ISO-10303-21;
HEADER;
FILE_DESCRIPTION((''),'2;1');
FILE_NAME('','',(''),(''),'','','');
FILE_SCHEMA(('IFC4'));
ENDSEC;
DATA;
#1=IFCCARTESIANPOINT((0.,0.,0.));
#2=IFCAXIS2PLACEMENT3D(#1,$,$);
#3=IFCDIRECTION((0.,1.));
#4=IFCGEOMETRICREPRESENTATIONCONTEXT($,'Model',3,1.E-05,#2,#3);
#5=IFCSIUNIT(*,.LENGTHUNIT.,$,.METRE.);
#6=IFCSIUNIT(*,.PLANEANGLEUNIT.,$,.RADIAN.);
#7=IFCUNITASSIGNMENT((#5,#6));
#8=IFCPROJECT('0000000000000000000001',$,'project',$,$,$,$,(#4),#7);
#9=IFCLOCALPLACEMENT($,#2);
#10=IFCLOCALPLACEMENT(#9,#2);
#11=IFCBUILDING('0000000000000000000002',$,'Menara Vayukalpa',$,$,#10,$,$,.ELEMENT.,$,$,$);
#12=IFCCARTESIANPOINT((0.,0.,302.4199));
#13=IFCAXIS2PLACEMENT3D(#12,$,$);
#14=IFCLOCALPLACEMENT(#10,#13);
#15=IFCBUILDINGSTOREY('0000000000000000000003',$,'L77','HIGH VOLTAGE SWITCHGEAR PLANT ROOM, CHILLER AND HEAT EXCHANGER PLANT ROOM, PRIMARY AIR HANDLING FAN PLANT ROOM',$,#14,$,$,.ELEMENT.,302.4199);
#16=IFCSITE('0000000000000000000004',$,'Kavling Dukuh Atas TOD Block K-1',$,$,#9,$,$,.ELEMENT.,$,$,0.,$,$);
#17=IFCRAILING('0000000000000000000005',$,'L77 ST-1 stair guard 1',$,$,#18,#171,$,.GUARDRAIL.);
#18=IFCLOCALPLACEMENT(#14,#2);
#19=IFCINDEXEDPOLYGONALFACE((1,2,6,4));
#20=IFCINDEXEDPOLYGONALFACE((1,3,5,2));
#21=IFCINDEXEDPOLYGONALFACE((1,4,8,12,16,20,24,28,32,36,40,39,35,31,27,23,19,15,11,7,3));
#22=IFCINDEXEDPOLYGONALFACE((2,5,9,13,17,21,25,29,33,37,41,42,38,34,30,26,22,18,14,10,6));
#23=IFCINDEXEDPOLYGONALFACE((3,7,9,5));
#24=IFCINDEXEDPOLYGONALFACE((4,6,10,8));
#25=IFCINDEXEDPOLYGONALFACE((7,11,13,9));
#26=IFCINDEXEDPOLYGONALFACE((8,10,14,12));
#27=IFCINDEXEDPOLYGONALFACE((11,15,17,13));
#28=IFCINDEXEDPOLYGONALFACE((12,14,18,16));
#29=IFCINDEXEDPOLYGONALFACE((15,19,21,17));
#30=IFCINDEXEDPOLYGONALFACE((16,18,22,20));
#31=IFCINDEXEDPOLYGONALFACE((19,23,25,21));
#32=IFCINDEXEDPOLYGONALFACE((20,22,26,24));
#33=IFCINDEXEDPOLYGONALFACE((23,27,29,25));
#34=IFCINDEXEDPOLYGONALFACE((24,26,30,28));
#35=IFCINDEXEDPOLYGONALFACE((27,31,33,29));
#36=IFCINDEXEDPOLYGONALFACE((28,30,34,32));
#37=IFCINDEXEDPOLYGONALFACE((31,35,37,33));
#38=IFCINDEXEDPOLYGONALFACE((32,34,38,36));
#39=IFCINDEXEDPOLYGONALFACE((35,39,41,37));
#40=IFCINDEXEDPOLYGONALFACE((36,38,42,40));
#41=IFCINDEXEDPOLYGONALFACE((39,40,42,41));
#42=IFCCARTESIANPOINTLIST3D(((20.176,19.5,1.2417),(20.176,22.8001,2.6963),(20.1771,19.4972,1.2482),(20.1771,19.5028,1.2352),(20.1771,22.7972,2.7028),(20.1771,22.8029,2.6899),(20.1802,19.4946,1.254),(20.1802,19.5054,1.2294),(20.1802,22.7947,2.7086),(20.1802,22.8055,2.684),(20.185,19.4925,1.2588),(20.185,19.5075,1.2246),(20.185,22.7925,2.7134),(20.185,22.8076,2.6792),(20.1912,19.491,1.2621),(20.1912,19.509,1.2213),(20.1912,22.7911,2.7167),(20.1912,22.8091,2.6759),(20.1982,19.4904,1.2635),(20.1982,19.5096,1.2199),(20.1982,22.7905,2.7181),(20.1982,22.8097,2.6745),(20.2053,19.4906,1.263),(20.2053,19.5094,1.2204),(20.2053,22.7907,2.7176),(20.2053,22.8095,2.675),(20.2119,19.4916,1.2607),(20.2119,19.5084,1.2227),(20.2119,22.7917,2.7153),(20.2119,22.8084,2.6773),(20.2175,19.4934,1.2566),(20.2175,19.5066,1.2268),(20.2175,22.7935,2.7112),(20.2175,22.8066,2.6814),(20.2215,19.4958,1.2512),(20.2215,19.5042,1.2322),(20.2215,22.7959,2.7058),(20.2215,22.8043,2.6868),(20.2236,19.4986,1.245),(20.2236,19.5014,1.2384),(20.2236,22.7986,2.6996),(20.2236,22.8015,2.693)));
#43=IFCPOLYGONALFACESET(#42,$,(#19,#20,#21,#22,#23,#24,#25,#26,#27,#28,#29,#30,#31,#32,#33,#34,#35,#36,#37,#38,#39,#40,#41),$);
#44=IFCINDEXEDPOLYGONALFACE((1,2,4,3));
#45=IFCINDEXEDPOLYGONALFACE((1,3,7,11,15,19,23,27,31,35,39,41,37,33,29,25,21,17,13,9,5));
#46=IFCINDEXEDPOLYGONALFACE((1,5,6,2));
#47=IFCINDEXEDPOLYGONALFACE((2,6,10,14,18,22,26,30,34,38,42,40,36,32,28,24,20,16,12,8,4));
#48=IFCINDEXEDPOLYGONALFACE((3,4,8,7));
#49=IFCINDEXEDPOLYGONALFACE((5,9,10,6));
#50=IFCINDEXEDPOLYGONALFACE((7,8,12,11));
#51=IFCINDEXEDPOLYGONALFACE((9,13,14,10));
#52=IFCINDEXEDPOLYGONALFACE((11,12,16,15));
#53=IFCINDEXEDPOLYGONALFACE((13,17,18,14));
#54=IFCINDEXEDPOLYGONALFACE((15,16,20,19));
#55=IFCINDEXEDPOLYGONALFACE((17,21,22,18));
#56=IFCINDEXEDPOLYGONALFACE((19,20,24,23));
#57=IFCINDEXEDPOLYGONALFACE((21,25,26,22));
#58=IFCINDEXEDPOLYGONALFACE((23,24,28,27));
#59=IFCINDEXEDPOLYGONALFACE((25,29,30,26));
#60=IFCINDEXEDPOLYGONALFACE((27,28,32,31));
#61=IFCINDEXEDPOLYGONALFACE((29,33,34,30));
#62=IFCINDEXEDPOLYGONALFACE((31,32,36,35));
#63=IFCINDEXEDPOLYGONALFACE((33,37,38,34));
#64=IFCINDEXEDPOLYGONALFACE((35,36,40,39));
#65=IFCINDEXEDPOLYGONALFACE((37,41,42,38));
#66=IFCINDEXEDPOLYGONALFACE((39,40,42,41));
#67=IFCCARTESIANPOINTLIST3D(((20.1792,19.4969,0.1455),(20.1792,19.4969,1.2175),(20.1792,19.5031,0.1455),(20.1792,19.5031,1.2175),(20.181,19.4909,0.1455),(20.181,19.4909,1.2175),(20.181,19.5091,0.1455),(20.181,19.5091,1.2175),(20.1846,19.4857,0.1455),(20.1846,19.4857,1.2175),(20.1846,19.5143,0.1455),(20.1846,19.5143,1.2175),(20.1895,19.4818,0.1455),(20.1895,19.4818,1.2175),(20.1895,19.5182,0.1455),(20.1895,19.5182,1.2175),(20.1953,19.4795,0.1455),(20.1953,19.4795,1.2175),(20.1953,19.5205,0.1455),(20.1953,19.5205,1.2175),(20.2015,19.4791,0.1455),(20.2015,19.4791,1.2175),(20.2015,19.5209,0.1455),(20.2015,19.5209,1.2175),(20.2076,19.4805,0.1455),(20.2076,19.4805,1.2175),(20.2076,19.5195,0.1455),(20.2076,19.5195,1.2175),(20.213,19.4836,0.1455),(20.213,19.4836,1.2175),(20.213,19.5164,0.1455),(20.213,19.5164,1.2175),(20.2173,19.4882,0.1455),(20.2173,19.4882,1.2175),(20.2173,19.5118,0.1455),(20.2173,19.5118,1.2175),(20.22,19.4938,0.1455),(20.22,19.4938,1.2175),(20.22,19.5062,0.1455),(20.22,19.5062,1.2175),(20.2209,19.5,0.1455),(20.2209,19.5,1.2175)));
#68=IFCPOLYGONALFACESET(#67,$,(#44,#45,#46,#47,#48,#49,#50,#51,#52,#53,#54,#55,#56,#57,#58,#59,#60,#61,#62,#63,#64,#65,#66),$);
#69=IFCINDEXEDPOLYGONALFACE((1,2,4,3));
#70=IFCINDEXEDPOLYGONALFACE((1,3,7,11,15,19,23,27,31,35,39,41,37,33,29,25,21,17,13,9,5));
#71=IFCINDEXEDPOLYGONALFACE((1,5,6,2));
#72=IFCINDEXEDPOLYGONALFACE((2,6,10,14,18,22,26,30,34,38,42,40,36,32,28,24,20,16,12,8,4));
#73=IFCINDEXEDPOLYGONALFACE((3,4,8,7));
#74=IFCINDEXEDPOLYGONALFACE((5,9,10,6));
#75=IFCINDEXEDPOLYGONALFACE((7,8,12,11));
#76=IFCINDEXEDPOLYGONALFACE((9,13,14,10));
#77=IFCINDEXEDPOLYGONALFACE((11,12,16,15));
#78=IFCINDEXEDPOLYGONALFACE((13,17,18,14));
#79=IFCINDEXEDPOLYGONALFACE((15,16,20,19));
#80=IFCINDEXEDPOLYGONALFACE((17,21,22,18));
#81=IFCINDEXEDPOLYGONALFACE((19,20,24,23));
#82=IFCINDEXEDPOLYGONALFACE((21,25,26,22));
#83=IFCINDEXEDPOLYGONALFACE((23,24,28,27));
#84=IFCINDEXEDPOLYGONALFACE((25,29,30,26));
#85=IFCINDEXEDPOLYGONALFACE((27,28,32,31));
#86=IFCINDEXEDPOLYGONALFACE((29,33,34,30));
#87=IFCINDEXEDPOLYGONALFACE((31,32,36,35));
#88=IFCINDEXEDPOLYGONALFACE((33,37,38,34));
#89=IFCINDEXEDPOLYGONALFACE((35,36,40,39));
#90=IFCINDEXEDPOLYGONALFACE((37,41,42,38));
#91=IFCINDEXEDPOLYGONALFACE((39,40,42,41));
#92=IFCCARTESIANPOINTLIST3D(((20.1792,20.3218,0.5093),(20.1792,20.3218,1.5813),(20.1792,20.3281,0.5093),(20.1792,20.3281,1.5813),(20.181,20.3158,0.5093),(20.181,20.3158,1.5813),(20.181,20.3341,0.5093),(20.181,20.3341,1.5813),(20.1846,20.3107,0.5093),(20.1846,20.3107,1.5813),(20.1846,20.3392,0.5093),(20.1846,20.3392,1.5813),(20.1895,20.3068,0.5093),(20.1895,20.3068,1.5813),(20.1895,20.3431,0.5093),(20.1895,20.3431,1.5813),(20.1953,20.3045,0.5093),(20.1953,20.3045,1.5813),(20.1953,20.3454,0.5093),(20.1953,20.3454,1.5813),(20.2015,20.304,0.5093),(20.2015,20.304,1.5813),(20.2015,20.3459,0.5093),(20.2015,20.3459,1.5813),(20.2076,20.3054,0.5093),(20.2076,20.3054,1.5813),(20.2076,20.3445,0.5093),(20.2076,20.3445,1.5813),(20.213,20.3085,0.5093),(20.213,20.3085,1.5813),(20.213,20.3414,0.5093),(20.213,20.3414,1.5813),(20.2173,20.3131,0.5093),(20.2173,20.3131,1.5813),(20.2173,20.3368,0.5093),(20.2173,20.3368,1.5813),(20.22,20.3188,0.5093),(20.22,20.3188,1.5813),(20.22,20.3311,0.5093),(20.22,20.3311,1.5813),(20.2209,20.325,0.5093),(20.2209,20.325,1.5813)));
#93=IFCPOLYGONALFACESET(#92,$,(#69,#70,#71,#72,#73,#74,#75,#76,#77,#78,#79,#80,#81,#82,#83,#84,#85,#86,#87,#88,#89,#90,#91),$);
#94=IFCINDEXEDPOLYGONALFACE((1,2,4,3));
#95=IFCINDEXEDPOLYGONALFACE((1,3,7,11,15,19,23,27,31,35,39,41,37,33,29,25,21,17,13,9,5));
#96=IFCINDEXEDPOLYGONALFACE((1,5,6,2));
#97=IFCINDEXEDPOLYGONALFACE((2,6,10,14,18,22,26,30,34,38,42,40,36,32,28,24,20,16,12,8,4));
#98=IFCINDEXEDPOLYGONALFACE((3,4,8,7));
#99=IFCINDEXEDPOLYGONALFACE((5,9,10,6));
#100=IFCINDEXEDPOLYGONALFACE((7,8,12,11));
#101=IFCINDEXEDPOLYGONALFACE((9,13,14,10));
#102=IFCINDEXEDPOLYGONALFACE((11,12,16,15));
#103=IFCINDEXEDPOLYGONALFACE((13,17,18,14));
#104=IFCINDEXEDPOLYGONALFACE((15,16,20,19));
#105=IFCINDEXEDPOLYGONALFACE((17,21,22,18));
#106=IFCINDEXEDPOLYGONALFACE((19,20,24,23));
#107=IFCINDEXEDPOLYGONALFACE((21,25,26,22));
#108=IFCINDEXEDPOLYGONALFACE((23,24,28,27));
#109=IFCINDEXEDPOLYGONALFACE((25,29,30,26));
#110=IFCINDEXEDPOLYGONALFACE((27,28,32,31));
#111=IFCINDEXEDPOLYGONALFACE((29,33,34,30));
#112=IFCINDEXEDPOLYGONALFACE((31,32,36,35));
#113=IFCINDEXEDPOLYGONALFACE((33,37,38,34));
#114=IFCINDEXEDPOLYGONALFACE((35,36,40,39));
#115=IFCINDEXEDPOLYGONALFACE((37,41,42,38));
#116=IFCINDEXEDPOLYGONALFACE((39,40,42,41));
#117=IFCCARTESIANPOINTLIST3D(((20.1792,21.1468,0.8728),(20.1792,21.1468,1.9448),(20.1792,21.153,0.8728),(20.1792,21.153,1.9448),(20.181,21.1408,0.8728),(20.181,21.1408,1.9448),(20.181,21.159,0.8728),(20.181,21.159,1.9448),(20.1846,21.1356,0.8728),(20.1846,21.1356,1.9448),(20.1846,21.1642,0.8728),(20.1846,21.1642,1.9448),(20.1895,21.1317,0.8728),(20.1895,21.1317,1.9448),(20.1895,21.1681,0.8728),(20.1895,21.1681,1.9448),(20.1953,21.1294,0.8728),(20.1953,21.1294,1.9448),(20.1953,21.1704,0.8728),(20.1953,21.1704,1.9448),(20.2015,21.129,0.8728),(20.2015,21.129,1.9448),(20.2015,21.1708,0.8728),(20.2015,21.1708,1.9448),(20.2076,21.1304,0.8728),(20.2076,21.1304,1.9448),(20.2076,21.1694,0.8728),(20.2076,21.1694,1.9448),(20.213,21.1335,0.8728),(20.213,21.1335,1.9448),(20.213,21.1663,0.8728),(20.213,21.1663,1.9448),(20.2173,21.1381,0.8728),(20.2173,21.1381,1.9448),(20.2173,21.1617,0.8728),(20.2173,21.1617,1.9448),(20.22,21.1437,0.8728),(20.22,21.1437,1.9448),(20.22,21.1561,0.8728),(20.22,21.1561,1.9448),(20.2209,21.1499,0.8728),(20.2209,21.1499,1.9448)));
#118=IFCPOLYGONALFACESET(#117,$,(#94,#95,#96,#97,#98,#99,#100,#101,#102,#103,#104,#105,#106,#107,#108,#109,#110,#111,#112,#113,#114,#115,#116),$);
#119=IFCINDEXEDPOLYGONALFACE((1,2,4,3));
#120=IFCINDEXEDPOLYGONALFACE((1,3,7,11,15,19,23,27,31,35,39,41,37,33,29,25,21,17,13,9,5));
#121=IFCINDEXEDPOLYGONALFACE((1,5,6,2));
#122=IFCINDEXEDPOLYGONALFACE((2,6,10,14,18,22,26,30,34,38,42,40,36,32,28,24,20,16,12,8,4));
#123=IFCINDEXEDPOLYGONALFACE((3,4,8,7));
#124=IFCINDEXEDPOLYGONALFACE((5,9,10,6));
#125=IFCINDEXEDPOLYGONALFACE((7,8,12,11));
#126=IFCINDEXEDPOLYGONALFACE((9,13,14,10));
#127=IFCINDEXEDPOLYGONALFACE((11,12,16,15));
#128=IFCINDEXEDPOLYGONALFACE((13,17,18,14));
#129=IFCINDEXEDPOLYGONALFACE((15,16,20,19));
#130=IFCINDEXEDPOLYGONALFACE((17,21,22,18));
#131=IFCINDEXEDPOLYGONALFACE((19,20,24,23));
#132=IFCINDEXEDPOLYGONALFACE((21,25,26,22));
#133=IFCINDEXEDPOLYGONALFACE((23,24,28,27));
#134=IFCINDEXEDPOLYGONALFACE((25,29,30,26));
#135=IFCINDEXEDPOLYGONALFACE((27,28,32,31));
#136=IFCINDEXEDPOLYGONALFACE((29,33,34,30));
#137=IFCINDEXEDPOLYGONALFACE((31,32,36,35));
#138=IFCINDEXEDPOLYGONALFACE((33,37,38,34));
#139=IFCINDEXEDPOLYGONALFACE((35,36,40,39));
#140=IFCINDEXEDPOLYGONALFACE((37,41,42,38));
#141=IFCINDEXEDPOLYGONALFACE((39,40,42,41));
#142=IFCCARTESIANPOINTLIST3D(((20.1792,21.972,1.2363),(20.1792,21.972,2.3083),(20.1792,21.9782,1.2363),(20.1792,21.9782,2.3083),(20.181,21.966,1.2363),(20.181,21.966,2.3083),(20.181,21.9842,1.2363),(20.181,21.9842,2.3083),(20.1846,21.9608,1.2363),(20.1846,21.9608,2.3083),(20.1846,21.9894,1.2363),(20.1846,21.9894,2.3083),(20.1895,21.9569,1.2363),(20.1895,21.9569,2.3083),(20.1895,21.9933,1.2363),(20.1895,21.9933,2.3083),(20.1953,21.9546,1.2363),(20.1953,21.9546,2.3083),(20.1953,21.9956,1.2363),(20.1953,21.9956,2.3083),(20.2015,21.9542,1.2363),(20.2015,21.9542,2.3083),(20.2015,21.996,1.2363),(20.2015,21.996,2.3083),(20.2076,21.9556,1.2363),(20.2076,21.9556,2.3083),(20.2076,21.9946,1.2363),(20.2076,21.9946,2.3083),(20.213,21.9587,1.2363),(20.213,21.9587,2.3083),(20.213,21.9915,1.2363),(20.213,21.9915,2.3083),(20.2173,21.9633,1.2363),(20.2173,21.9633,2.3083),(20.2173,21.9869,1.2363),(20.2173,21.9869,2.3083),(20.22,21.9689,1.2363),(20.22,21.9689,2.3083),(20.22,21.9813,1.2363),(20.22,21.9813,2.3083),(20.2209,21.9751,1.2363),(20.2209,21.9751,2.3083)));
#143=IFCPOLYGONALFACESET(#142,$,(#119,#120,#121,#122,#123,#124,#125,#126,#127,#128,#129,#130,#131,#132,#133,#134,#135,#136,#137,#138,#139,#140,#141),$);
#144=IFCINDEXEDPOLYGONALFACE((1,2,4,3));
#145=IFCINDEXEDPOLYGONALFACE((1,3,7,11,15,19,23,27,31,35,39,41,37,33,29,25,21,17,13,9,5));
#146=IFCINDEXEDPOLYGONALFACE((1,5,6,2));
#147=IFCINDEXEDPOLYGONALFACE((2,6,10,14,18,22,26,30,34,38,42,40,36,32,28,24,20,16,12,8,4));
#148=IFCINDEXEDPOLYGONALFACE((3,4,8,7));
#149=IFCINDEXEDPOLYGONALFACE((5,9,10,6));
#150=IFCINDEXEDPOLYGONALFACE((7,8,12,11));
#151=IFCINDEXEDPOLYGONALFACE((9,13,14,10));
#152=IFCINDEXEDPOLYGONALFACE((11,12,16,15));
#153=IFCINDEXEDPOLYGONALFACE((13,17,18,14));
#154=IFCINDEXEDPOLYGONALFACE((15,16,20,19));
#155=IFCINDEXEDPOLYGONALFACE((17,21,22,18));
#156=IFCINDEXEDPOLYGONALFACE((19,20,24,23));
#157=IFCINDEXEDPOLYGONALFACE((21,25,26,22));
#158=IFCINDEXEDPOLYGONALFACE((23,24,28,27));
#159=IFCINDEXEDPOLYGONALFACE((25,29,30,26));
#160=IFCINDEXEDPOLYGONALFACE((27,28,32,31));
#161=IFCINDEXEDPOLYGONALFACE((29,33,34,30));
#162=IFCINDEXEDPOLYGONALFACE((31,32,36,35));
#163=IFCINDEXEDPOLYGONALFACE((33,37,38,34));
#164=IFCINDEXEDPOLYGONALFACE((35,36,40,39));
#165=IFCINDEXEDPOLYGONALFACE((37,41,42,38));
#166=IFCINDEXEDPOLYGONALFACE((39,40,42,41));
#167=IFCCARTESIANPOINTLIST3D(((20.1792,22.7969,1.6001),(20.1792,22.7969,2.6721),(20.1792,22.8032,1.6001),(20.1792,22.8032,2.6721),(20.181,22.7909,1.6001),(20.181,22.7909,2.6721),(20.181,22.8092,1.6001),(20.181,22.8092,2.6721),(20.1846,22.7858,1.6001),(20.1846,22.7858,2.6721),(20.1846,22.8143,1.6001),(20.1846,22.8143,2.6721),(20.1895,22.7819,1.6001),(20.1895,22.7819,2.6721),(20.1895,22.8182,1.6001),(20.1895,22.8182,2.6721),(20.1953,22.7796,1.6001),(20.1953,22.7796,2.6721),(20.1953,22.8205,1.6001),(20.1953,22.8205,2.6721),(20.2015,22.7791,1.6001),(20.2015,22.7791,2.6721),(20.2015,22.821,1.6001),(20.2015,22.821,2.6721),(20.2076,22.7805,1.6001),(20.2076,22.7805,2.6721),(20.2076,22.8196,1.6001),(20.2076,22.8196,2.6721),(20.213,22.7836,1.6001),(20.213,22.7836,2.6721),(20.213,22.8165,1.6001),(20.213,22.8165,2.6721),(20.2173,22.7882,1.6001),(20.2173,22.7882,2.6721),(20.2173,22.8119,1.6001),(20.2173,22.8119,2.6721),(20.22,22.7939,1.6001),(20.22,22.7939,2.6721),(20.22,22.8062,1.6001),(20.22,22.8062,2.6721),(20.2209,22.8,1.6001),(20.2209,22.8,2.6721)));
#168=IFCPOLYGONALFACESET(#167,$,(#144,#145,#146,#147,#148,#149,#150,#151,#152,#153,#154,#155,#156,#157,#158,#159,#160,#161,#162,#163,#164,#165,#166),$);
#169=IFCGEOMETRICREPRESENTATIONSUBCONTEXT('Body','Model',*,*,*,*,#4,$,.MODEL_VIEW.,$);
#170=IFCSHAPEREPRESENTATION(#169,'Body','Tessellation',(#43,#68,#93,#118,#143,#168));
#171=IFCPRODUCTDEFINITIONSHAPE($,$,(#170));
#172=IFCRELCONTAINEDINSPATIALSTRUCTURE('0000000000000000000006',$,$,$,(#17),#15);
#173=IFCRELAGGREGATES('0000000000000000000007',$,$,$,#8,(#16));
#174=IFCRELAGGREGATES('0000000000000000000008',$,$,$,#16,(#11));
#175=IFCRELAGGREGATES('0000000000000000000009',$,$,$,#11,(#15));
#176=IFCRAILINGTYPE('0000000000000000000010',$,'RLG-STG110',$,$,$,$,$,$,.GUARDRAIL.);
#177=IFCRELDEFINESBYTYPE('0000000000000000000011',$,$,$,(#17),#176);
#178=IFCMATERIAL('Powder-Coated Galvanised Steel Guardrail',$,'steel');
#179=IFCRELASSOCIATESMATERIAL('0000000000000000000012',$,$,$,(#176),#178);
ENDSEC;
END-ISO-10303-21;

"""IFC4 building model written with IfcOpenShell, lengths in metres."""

from ifc_helpers import new_model, si_unit, direction, frame, origin, origin_2d, place, context, subcontext, project, spatial, circle, extrude, material, type_object, element, save


model = new_model("IFC4")

# Units and contexts
model_context = context("Model", 3, precision=1e-05, world=origin(), true_north=direction((0.0, 1.0)))
body_context = subcontext(model_context, "Body", "Model", "MODEL_VIEW")
ifc_project = project(units=[si_unit("LENGTHUNIT", "METRE"), si_unit("PLANEANGLEUNIT", "RADIAN")], contexts=[model_context])

# Site, building, storey
site_placement = place(None, origin())
site = spatial("IfcSite", under=ifc_project, at=site_placement, Name="Kavling Dukuh Atas TOD Block K-1", CompositionType="ELEMENT", RefElevation=0.0)
building_placement = place(site_placement, origin())
building = spatial("IfcBuilding", under=site, at=building_placement, Name="Menara Vayukalpa", CompositionType="ELEMENT")
storey_placement = place(building_placement, frame((0.0, 0.0, 302.4199)))
storey = spatial("IfcBuildingStorey", under=building, at=storey_placement, Name="L77", Description="HIGH VOLTAGE SWITCHGEAR PLANT ROOM, CHILLER AND HEAT EXCHANGER PLANT ROOM, PRIMARY AIR HANDLING FAN PLANT ROOM", CompositionType="ELEMENT", Elevation=302.4199)

# Railing
ifc_material_1 = material(Name="Powder-Coated Galvanised Steel Guardrail", Category="steel")
railing_type_1 = type_object("IfcRailingType", Name="RLG-STG110", PredefinedType="GUARDRAIL", material=ifc_material_1)
railing_1_placement = place(storey_placement, frame((20.2, 19.5, 0.1455)))
element("IfcRailing", 1, at=railing_1_placement, inside=storey, type_object=railing_type_1, Name="L77 ST-1 stair guard 1", PredefinedType="GUARDRAIL", context=body_context, shape_type="SweptSolid", body=[
    extrude(circle(Radius=0.0239, at=origin_2d()), frame((0.0, 0.0, 1.0962), z_axis=(0.0, 0.915052, 0.403335), x_axis=(-1.0, 0.0, 0.0)), (0.0, 0.0, 1.0), 3.6064),
    extrude(circle(Radius=0.021, at=origin_2d()), origin(), (0.0, 0.0, 1.0), 1.072),
    extrude(circle(Radius=0.021, at=origin_2d()), frame((0.0, 0.825, 0.3638)), (0.0, 0.0, 1.0), 1.072),
    extrude(circle(Radius=0.021, at=origin_2d()), frame((0.0, 1.6499, 0.7273)), (0.0, 0.0, 1.0), 1.072),
    extrude(circle(Radius=0.021, at=origin_2d()), frame((0.0, 2.4751, 1.0908)), (0.0, 0.0, 1.0), 1.072),
    extrude(circle(Radius=0.021, at=origin_2d()), frame((0.0, 3.3, 1.4546)), (0.0, 0.0, 1.0), 1.072),
])

save(model, "model.ifc")
